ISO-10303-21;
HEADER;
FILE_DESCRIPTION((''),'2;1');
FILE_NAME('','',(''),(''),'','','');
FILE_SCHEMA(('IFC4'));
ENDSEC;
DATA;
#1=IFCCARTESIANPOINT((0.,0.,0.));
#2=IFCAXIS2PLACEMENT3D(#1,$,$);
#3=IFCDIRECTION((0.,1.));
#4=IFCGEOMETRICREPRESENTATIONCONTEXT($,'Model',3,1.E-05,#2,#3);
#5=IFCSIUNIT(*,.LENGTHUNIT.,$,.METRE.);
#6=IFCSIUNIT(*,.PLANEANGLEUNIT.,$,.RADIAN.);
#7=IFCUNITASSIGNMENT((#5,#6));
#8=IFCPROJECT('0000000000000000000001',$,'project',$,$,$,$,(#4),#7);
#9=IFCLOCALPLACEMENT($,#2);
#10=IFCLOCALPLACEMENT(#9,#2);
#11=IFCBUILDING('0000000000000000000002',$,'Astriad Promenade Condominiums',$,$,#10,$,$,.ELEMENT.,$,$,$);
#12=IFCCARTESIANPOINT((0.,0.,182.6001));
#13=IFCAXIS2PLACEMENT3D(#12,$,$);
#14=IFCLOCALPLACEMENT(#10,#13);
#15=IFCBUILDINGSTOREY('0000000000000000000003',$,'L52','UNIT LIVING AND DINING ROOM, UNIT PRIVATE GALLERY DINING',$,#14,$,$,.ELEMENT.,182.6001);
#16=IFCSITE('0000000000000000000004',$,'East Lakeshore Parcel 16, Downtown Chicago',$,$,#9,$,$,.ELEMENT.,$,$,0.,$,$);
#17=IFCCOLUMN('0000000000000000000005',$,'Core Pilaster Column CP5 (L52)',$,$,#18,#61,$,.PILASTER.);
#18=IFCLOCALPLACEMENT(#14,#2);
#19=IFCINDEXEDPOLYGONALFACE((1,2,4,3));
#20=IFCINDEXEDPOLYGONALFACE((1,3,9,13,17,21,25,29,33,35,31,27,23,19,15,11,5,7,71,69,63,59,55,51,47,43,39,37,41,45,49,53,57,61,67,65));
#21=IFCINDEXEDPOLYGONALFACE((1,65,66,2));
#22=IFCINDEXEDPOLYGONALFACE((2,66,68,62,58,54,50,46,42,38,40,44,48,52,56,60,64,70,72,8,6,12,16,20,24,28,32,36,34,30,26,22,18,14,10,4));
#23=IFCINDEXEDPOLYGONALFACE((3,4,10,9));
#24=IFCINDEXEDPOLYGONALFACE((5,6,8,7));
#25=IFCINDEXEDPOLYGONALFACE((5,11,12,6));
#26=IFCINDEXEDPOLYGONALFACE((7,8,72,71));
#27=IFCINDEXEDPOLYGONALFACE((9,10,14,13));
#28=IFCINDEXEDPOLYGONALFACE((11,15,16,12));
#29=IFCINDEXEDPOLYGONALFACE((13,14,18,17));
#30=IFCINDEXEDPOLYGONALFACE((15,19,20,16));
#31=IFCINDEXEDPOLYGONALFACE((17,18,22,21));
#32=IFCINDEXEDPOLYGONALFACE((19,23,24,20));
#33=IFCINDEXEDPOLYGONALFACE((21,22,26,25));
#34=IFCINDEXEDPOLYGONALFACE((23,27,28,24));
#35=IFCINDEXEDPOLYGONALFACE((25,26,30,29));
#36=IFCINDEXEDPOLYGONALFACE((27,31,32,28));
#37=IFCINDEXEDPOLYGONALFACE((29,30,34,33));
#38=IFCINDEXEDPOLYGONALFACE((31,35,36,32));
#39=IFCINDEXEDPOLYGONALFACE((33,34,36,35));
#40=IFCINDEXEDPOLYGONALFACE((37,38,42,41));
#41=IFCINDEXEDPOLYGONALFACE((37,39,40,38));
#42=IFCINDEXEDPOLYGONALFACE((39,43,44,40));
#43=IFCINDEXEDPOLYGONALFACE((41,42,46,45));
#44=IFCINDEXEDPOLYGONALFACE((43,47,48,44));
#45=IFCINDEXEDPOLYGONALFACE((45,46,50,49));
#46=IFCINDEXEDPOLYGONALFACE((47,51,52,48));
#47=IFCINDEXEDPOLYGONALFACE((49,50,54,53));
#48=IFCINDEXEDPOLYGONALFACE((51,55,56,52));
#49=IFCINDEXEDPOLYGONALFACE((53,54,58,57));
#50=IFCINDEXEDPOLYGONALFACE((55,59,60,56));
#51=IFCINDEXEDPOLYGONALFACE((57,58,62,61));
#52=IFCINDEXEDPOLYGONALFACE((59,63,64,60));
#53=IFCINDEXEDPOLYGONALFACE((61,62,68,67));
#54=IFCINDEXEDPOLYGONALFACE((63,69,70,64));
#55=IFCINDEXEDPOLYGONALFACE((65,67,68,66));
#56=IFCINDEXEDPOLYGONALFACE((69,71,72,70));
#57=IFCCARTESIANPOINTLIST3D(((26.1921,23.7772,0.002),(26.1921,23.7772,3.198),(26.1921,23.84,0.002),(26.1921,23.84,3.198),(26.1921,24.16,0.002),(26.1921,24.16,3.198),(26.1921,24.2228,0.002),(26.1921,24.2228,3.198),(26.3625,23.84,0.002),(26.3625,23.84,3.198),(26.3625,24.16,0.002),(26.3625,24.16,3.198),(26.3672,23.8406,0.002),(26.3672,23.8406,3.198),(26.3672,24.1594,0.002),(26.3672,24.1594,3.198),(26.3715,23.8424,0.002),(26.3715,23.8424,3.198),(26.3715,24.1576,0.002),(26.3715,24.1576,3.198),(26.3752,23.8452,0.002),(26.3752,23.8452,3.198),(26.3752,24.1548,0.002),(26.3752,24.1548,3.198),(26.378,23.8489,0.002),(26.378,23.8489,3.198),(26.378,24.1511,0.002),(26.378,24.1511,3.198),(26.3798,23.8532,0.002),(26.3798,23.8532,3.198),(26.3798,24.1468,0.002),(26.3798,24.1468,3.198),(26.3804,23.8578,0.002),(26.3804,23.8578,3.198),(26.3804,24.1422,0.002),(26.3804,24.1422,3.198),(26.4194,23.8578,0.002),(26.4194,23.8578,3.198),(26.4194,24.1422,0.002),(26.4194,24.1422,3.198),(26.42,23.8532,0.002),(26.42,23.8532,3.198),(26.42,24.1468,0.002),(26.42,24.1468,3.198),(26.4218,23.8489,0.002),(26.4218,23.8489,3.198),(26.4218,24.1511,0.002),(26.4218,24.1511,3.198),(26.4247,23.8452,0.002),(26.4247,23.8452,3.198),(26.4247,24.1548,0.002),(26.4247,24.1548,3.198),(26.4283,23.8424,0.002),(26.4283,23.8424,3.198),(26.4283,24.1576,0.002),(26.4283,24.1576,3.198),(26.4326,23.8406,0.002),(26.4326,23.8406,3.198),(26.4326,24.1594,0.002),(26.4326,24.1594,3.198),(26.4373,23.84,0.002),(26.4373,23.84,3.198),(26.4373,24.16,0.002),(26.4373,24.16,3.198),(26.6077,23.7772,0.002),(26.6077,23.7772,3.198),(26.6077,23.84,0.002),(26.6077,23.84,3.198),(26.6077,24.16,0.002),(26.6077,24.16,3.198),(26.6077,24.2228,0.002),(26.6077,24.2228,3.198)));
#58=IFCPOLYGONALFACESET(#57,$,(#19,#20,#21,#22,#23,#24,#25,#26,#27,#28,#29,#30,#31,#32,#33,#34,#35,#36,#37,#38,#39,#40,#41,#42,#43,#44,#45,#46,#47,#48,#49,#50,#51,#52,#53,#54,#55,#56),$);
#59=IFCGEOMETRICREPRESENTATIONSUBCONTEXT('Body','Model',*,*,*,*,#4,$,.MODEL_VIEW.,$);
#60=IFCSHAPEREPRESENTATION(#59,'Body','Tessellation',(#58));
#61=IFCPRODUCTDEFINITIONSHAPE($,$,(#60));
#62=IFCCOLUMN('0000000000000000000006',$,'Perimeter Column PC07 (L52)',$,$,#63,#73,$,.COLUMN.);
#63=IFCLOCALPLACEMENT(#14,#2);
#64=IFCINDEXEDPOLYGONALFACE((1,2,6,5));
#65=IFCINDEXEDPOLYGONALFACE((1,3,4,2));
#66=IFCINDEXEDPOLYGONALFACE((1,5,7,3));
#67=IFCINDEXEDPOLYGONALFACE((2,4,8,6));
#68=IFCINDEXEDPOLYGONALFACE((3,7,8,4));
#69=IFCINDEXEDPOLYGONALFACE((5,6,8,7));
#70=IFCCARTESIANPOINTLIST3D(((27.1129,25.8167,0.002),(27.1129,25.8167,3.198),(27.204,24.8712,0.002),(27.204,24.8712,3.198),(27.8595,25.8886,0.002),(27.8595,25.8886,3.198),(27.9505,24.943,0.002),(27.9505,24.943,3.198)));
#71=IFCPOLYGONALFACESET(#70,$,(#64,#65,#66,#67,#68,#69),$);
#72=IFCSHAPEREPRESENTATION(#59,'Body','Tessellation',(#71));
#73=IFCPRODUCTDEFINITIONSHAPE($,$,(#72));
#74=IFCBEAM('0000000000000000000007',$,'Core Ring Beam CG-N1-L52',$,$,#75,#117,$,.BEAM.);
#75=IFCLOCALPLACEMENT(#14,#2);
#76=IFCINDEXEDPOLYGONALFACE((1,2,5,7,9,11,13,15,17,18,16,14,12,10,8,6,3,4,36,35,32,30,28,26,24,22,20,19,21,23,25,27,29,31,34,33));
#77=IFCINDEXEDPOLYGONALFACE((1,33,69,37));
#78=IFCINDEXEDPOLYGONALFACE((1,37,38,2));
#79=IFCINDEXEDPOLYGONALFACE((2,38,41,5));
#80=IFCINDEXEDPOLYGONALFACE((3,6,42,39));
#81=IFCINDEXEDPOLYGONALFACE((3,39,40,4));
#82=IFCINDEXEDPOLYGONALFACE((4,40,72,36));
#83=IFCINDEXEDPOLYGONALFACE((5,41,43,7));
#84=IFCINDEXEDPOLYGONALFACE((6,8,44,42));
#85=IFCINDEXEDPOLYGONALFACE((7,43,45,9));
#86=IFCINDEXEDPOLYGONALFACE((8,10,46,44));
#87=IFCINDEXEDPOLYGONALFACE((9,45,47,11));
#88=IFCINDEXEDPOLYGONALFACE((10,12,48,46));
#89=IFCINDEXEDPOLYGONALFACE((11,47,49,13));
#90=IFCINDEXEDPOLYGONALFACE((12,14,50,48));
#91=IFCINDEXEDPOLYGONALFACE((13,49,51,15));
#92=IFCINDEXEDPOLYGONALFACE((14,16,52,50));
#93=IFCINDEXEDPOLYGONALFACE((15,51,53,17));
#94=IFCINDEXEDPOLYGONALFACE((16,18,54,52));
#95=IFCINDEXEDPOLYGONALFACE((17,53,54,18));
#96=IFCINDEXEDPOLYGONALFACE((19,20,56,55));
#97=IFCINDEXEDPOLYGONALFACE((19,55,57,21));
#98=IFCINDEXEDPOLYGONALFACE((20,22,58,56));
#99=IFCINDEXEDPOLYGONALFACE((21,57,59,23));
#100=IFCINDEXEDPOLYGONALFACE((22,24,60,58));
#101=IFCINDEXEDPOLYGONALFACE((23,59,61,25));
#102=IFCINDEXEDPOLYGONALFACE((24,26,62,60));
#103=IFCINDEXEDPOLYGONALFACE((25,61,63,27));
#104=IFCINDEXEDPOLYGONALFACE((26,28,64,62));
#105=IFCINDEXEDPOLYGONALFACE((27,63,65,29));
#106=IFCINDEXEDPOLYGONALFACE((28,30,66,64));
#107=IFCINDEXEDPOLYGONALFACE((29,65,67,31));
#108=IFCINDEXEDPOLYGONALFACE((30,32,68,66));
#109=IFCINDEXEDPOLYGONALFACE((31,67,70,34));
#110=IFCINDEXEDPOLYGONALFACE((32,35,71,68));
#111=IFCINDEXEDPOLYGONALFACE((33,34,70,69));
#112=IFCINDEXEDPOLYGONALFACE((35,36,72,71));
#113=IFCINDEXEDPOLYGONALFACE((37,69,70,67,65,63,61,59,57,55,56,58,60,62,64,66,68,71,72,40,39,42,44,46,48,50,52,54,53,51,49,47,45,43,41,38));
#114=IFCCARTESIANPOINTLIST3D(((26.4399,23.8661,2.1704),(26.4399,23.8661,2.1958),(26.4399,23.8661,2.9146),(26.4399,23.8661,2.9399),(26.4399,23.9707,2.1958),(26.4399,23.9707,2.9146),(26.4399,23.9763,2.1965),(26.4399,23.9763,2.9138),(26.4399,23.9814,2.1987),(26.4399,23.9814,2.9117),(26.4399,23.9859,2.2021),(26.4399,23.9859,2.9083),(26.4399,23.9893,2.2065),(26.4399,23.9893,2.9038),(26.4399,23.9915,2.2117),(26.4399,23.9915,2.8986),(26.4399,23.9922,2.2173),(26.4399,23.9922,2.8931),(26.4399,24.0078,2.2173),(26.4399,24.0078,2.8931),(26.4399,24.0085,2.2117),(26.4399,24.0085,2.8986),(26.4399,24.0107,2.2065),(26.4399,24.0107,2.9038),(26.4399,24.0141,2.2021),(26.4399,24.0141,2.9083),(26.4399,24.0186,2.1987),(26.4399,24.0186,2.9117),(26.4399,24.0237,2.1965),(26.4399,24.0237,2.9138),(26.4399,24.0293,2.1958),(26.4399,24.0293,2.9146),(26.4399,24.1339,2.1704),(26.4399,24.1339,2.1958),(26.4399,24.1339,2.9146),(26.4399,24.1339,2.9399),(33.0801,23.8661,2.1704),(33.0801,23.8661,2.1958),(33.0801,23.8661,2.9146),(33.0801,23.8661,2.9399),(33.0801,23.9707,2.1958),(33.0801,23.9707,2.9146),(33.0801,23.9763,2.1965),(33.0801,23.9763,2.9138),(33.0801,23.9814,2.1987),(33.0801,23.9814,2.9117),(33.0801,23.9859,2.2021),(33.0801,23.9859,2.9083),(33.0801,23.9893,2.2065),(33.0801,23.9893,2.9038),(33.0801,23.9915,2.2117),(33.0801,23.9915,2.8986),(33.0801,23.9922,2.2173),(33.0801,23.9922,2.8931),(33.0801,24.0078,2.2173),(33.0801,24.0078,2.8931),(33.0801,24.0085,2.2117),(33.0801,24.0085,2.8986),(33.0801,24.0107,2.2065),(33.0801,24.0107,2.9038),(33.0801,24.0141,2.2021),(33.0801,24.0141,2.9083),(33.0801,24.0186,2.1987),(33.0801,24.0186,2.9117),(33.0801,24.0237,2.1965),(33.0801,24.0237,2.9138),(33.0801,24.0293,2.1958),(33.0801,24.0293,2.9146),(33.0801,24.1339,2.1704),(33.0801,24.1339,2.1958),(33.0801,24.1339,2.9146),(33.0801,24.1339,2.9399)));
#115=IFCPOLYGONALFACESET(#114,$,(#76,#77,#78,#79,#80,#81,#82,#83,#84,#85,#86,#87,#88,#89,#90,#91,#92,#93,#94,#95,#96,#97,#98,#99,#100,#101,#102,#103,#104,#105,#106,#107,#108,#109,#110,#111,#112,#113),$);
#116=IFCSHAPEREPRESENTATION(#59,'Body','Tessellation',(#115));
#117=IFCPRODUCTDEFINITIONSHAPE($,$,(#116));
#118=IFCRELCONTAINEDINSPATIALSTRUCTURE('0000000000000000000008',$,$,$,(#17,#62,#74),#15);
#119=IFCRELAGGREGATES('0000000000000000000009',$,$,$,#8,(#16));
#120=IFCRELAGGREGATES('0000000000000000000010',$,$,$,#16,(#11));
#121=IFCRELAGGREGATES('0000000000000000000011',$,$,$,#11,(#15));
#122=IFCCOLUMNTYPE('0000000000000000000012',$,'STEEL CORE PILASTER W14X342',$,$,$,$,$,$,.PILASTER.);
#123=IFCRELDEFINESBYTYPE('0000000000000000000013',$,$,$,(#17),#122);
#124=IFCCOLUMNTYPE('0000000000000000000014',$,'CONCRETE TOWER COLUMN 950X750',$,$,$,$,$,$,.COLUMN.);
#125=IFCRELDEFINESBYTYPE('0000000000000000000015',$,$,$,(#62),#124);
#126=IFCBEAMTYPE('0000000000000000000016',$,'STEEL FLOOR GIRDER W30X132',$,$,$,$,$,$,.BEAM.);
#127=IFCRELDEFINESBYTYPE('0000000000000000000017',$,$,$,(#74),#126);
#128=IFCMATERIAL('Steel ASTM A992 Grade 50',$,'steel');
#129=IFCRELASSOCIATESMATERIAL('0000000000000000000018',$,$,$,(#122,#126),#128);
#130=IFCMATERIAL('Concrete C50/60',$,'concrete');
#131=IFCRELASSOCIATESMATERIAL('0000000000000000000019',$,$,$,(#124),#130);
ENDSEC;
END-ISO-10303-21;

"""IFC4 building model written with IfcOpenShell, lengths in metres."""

from ifc_helpers import new_model, si_unit, direction, frame, origin, origin_2d, place, context, subcontext, project, spatial, rectangle, i_section, extrude, source, transform, mapped, material, material_profile, profile_set, type_object, type_shapes, element, save


model = new_model("IFC4")

# Units and contexts
model_context = context("Model", 3, precision=1e-05, world=origin(), true_north=direction((0.0, 1.0)))
body_context = subcontext(model_context, "Body", "Model", "MODEL_VIEW")
ifc_project = project(units=[si_unit("LENGTHUNIT", "METRE"), si_unit("PLANEANGLEUNIT", "RADIAN")], contexts=[model_context])

# Site, building, storey
site_placement = place(None, origin())
site = spatial("IfcSite", under=ifc_project, at=site_placement, Name="East Lakeshore Parcel 16, Downtown Chicago", CompositionType="ELEMENT", RefElevation=0.0)
building_placement = place(site_placement, origin())
building = spatial("IfcBuilding", under=site, at=building_placement, Name="Astriad Promenade Condominiums", CompositionType="ELEMENT")
storey_placement = place(building_placement, frame((0.0, 0.0, 182.6001)))
storey = spatial("IfcBuildingStorey", under=building, at=storey_placement, Name="L52", Description="UNIT LIVING AND DINING ROOM, UNIT PRIVATE GALLERY DINING", CompositionType="ELEMENT", Elevation=182.6001)

# Columns
ifc_material_1 = material(Name="Steel ASTM A992 Grade 50", Category="steel")
ifc_material_profile_1 = material_profile(ifc_material_1, i_section(OverallWidth=0.4155, OverallDepth=0.4456, WebThickness=0.0391, FlangeThickness=0.0627, FilletRadius=0.0178, at=origin_2d()), Name="W14X342")
ifc_profile_set_1 = profile_set([ifc_material_profile_1], Name="Steel ASTM A992 Grade 50")
column_type_1 = type_object("IfcColumnType", Name="STEEL CORE PILASTER W14X342", PredefinedType="PILASTER", material=ifc_profile_set_1)
shared_shape_1 = source(origin(), body_context, "Body", "SweptSolid", [
    extrude(i_section(OverallWidth=0.4155, OverallDepth=0.4456, WebThickness=0.0391, FlangeThickness=0.0627, FilletRadius=0.0178, at=origin_2d()), origin(), (0.0, 0.0, 1.0), 3.196),
])
type_shapes(column_type_1, [shared_shape_1])
column_1_placement = place(storey_placement, frame((26.3999, 24.0, 0.002), z_axis=(0.0, 0.0, 1.0), x_axis=(1.0, 0.0, 0.0)))
element("IfcColumn", 1, at=column_1_placement, inside=storey, type_object=column_type_1, Name="Core Pilaster Column CP5 (L52)", PredefinedType="PILASTER", context=body_context, shape_type="MappedRepresentation", body=[
    mapped(shared_shape_1, transform((0.0, 0.0, 0.0), scale=1.0)),
])
ifc_material_2 = material(Name="Concrete C50/60", Category="concrete")
ifc_material_profile_2 = material_profile(ifc_material_2, rectangle(XDim=0.75, YDim=0.95, at=origin_2d()), Name="RC-COL-950X750")
ifc_profile_set_2 = profile_set([ifc_material_profile_2], Name="Concrete C50/60")
column_type_2 = type_object("IfcColumnType", Name="CONCRETE TOWER COLUMN 950X750", PredefinedType="COLUMN", material=ifc_profile_set_2)
shared_shape_2 = source(origin(), body_context, "Body", "SweptSolid", [
    extrude(rectangle(XDim=0.75, YDim=0.95, at=origin_2d()), origin(), (0.0, 0.0, 1.0), 3.196),
])
type_shapes(column_type_2, [shared_shape_2])
column_2_placement = place(storey_placement, frame((27.5317, 25.3799, 0.002), z_axis=(0.0, 0.0, 1.0), x_axis=(0.995396, 0.095846, 0.0)))
element("IfcColumn", 2, at=column_2_placement, inside=storey, type_object=column_type_2, Name="Perimeter Column PC07 (L52)", PredefinedType="COLUMN", context=body_context, shape_type="MappedRepresentation", body=[
    mapped(shared_shape_2, transform((0.0, 0.0, 0.0), scale=1.0)),
])

# Beam
ifc_material_profile_3 = material_profile(ifc_material_1, i_section(OverallWidth=0.2678, OverallDepth=0.7695, WebThickness=0.0156, FlangeThickness=0.0254, FilletRadius=0.0215, at=origin_2d()), Name="W30X132")
ifc_profile_set_3 = profile_set([ifc_material_profile_3], Name="Steel ASTM A992 Grade 50")
beam_type = type_object("IfcBeamType", Name="STEEL FLOOR GIRDER W30X132", PredefinedType="BEAM", material=ifc_profile_set_3)
shared_shape_3 = source(origin(), body_context, "Body", "SweptSolid", [
    extrude(i_section(OverallWidth=0.2678, OverallDepth=0.7695, WebThickness=0.0156, FlangeThickness=0.0254, FilletRadius=0.0215, at=origin_2d()), origin(), (0.0, 0.0, 1.0), 6.6401),
])
type_shapes(beam_type, [shared_shape_3])
beam_placement = place(storey_placement, frame((26.4399, 24.0, 2.5552), z_axis=(1.0, 0.0, 0.0), x_axis=(0.0, 1.0, 0.0)))
element("IfcBeam", 3, at=beam_placement, inside=storey, type_object=beam_type, Name="Core Ring Beam CG-N1-L52", PredefinedType="BEAM", context=body_context, shape_type="MappedRepresentation", body=[
    mapped(shared_shape_3, transform((0.0, 0.0, 0.0), scale=1.0)),
])

save(model, "model.ifc")
